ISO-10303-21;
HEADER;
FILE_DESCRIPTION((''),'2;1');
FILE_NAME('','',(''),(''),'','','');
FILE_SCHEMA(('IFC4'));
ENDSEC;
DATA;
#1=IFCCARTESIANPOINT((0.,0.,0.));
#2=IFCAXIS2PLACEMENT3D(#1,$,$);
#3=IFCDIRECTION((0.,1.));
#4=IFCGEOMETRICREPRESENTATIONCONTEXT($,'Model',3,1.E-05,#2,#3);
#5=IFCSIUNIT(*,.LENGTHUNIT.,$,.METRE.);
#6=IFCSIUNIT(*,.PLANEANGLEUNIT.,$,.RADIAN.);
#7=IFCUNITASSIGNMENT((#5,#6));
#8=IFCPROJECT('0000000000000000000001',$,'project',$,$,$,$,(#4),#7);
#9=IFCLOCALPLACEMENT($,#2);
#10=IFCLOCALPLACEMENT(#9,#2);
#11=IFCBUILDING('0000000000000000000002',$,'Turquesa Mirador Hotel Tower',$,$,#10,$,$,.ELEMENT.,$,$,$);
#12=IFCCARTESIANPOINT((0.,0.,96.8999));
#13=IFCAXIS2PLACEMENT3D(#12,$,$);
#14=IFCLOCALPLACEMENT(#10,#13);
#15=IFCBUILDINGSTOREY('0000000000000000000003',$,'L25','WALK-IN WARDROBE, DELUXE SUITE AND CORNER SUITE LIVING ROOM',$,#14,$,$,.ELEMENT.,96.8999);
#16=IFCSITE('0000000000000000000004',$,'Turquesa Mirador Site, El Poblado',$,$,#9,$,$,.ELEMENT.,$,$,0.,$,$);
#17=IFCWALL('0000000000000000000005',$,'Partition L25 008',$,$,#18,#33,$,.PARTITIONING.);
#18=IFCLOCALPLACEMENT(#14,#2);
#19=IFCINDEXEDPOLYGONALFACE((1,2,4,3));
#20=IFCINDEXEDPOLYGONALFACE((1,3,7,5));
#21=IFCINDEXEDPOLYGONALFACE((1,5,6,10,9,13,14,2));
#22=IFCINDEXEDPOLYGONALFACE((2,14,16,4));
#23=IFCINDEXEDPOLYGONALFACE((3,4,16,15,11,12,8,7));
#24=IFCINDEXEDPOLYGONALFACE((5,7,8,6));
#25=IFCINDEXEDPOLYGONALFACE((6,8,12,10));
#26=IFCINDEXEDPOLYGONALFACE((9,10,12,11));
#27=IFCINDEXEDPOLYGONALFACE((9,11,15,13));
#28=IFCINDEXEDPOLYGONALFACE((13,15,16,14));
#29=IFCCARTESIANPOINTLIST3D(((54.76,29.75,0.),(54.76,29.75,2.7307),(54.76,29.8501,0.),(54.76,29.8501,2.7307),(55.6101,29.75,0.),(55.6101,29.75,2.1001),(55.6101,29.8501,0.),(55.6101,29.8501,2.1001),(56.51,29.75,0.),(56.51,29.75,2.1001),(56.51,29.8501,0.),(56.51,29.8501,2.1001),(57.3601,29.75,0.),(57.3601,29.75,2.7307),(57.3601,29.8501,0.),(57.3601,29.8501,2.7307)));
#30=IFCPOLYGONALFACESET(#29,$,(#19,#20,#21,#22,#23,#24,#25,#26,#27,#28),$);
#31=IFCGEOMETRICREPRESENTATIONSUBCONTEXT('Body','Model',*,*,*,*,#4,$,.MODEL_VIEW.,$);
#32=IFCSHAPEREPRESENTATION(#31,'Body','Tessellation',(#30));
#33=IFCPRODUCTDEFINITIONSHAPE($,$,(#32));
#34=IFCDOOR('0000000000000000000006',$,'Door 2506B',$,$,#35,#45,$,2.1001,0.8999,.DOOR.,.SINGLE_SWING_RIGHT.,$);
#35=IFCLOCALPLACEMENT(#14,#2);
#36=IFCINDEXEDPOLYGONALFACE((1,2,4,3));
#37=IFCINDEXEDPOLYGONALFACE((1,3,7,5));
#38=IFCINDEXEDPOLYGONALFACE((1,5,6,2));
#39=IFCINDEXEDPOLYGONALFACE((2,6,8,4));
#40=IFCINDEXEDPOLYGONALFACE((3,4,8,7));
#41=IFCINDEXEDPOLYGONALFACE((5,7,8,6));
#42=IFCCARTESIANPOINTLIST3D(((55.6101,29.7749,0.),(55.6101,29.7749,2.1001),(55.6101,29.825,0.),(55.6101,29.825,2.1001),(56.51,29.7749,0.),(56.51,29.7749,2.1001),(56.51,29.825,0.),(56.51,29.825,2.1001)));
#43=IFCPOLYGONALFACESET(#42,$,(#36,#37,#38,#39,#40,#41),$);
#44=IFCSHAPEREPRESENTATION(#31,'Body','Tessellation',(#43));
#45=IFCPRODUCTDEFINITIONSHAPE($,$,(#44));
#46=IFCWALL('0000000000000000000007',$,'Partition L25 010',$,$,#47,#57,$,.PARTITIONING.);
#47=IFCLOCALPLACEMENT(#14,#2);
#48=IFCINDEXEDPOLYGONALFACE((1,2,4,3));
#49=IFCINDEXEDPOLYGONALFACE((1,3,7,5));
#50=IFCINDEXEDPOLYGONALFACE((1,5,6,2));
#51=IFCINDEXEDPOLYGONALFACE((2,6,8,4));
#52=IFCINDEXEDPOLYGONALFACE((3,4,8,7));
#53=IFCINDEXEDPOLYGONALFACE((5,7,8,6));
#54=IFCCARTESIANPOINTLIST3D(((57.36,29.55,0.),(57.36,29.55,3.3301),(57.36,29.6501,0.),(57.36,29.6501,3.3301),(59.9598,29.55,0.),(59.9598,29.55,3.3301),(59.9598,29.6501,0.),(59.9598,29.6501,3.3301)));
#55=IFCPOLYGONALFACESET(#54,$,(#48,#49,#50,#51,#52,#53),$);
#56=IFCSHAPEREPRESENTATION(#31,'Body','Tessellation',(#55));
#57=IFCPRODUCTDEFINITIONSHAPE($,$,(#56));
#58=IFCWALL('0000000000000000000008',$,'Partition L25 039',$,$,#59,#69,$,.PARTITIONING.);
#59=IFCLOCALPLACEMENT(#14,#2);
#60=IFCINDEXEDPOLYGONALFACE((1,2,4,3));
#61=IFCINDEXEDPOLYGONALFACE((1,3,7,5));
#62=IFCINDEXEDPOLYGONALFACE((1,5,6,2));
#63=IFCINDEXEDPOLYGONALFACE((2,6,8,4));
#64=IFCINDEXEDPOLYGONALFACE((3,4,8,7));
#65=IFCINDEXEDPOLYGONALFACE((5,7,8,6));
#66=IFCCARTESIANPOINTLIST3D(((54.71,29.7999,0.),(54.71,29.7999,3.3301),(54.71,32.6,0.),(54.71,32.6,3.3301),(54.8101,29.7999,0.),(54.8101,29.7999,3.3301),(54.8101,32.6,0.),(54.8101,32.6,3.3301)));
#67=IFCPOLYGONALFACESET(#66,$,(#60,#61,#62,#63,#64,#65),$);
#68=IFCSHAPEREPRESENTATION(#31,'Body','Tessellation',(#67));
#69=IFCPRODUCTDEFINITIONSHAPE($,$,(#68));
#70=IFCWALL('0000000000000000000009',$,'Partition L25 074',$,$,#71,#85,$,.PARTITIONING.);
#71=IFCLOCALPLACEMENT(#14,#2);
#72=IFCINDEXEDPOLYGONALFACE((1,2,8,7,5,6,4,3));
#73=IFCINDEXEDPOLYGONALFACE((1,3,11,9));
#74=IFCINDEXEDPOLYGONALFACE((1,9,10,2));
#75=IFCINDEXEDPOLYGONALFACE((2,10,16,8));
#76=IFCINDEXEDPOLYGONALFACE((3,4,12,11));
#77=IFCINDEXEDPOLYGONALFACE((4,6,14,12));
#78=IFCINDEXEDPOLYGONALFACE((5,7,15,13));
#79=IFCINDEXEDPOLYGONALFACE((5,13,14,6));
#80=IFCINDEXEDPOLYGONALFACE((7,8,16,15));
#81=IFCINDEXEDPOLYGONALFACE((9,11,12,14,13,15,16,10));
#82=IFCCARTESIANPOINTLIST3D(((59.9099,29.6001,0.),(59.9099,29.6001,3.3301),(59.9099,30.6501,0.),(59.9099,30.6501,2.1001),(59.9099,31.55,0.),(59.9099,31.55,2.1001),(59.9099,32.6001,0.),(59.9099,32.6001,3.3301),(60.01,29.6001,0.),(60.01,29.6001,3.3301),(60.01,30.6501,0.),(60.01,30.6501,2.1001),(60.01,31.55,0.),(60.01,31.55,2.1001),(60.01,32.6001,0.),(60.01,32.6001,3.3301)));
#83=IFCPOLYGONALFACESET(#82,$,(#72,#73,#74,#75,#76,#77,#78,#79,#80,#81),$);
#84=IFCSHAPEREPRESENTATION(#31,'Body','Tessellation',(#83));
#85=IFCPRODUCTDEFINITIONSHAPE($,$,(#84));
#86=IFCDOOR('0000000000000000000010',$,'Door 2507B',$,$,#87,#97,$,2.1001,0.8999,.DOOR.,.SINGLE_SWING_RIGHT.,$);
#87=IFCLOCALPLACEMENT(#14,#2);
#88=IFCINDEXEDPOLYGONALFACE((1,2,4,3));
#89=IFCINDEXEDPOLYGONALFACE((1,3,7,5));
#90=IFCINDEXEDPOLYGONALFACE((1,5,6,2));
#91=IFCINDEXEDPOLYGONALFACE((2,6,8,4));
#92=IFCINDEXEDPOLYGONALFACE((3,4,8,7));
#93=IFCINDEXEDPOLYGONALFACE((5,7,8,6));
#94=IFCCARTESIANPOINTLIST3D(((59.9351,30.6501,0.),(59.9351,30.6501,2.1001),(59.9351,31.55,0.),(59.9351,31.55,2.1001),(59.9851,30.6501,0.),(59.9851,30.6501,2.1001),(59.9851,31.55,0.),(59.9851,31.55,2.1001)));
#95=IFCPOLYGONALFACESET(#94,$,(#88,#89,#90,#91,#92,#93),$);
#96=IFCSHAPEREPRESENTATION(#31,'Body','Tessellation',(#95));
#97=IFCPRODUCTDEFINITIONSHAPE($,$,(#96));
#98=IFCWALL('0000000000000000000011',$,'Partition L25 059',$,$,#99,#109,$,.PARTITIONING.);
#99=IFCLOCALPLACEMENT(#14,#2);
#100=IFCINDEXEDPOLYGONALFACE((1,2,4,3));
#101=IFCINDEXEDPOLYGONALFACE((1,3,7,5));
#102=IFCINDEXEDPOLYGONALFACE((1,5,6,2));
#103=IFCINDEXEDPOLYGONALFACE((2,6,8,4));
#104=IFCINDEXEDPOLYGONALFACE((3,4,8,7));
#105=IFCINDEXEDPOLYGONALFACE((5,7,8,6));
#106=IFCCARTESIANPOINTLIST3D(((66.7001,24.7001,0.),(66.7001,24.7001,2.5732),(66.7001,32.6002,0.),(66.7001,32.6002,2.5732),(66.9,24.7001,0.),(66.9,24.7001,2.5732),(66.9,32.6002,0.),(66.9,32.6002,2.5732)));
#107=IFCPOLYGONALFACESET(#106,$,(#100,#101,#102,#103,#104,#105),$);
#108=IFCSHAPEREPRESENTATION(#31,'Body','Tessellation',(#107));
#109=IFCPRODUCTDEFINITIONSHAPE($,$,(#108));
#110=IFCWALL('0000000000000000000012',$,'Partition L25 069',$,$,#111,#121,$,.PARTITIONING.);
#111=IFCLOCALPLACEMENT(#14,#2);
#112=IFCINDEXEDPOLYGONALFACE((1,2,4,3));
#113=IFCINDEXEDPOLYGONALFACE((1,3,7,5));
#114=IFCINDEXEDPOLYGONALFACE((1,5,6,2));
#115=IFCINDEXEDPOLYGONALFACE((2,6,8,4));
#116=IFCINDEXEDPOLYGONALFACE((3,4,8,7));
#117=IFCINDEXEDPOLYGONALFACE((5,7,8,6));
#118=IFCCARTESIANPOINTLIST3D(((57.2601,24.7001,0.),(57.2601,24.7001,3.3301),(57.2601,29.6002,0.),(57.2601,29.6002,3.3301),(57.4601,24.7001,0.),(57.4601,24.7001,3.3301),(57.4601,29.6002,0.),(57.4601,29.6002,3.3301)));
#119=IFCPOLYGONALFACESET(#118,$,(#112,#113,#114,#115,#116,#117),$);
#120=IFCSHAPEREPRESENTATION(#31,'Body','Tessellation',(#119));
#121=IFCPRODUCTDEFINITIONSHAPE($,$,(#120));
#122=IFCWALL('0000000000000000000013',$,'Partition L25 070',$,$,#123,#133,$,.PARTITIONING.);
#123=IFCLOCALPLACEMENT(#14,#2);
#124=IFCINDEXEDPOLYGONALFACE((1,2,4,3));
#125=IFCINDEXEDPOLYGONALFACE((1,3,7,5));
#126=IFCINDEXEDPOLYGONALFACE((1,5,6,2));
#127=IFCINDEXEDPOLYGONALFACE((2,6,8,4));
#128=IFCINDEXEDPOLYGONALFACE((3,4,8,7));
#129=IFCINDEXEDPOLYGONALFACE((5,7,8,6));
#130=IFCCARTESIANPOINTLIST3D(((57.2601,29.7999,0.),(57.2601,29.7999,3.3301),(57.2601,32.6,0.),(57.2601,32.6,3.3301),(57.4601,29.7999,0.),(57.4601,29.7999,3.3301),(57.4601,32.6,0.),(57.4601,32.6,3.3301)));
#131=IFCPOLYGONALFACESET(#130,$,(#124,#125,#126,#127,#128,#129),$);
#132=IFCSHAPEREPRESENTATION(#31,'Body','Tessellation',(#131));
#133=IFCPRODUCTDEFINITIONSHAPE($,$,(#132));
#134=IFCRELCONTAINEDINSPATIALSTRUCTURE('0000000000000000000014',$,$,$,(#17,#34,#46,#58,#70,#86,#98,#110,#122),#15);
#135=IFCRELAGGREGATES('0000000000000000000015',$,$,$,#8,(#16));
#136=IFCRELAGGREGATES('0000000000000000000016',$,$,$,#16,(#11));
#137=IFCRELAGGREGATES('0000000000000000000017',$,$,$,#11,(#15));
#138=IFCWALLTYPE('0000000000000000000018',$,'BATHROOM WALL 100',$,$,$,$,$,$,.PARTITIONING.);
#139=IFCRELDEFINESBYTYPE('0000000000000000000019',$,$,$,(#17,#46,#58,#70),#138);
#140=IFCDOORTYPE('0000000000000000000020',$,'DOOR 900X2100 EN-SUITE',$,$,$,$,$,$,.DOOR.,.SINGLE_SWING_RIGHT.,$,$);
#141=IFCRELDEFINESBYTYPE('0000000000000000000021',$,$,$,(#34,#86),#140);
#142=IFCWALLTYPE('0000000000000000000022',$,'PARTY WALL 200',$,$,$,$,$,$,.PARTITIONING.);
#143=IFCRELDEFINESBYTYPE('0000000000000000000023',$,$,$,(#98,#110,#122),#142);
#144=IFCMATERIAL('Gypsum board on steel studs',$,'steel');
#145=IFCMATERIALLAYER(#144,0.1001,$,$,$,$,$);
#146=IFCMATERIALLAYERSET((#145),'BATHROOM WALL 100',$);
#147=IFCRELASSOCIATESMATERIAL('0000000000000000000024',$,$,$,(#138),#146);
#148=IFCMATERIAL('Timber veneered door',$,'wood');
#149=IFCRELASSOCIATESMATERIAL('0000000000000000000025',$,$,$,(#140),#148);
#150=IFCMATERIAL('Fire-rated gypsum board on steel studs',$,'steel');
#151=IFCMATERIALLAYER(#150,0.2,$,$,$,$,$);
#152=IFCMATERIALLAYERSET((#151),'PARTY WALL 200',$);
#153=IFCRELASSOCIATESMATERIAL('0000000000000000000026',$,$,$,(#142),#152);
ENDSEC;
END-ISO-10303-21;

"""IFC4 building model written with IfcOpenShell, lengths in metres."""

from ifc_helpers import new_model, si_unit, direction, frame, frame_2d, origin, place, context, subcontext, project, spatial, rectangle, extrude, material, layer, layer_set, type_object, element, fill, save


model = new_model("IFC4")

# Units and contexts
model_context = context("Model", 3, precision=1e-05, world=origin(), true_north=direction((0.0, 1.0)))
body_context = subcontext(model_context, "Body", "Model", "MODEL_VIEW")
ifc_project = project(units=[si_unit("LENGTHUNIT", "METRE"), si_unit("PLANEANGLEUNIT", "RADIAN")], contexts=[model_context])

# Site, building, storey
site_placement = place(None, origin())
site = spatial("IfcSite", under=ifc_project, at=site_placement, Name="Turquesa Mirador Site, El Poblado", CompositionType="ELEMENT", RefElevation=0.0)
building_placement = place(site_placement, origin())
building = spatial("IfcBuilding", under=site, at=building_placement, Name="Turquesa Mirador Hotel Tower", CompositionType="ELEMENT")
storey_placement = place(building_placement, frame((0.0, 0.0, 96.8999)))
storey = spatial("IfcBuildingStorey", under=building, at=storey_placement, Name="L25", Description="WALK-IN WARDROBE, DELUXE SUITE AND CORNER SUITE LIVING ROOM", CompositionType="ELEMENT", Elevation=96.8999)

# Wall, opening, door
ifc_material_1 = material(Name="Gypsum board on steel studs", Category="steel")
ifc_layer_1 = layer(ifc_material_1, 0.1001)
ifc_layer_set_1 = layer_set([ifc_layer_1], Name="BATHROOM WALL 100")
wall_type_1 = type_object("IfcWallType", Name="BATHROOM WALL 100", PredefinedType="PARTITIONING", material=ifc_layer_set_1)
wall_1_placement = place(storey_placement, frame((54.76, 29.8, 0.0), z_axis=(0.0, 0.0, 1.0), x_axis=(1.0, 0.0, 0.0)))
wall_1 = element("IfcWall", 1, at=wall_1_placement, inside=storey, type_object=wall_type_1, Name="Partition L25 008", PredefinedType="PARTITIONING", context=body_context, shape_type="SweptSolid", body=[
    extrude(rectangle(XDim=2.6001, YDim=0.1001, at=frame_2d((1.3, 0.0))), origin(), (0.0, 0.0, 1.0), 2.7307),
])
opening_1_placement = place(wall_1_placement, frame((0.8501, 0.0, 0.0)))
opening_1 = element("IfcOpeningElement", 2, at=opening_1_placement, cuts=wall_1, PredefinedType="OPENING", context=body_context, shape_type="SweptSolid", body=[
    extrude(rectangle(XDim=0.8999, YDim=2.1001, at=frame_2d((0.45, 1.05))), frame((0.0, 0.0601, 0.0), z_axis=(0.0, -1.0, 0.0), x_axis=(1.0, 0.0, 0.0)), (0.0, 0.0, 1.0), 0.1201),
])
ifc_material_2 = material(Name="Timber veneered door", Category="wood")
door_type = type_object("IfcDoorType", Name="DOOR 900X2100 EN-SUITE", OperationType="SINGLE_SWING_RIGHT", PredefinedType="DOOR", material=ifc_material_2)
door_1_placement = place(opening_1_placement, origin())
door_1 = element("IfcDoor", 3, at=door_1_placement, inside=storey, type_object=door_type, Name="Door 2506B", OperationType="SINGLE_SWING_RIGHT", OverallHeight=2.1001, OverallWidth=0.8999, PredefinedType="DOOR", context=body_context, shape_type="SweptSolid", body=[
    extrude(rectangle(XDim=0.8999, YDim=2.1001, at=frame_2d((0.45, 1.05))), frame((0.0, 0.0249, 0.0), z_axis=(0.0, -1.0, 0.0), x_axis=(1.0, 0.0, 0.0)), (0.0, 0.0, 1.0), 0.05),
])
fill(opening_1, door_1)

# Walls
wall_2_placement = place(storey_placement, frame((57.3601, 29.6001, 0.0), z_axis=(0.0, 0.0, 1.0), x_axis=(1.0, 0.0, 0.0)))
element("IfcWall", 4, at=wall_2_placement, inside=storey, type_object=wall_type_1, Name="Partition L25 010", PredefinedType="PARTITIONING", context=body_context, shape_type="SweptSolid", body=[
    extrude(rectangle(XDim=2.5999, YDim=0.1001, at=frame_2d((1.2998, 0.0))), origin(), (0.0, 0.0, 1.0), 3.3301),
])
wall_3_placement = place(storey_placement, frame((54.76, 29.8, 0.0), z_axis=(0.0, 0.0, 1.0), x_axis=(0.0, 1.0, 0.0)))
element("IfcWall", 5, at=wall_3_placement, inside=storey, type_object=wall_type_1, Name="Partition L25 039", PredefinedType="PARTITIONING", context=body_context, shape_type="SweptSolid", body=[
    extrude(rectangle(XDim=2.8, YDim=0.1001, at=frame_2d((1.3999, 0.0))), origin(), (0.0, 0.0, 1.0), 3.3301),
])

# Wall, opening, door
wall_4_placement = place(storey_placement, frame((59.96, 29.6001, 0.0), z_axis=(0.0, 0.0, 1.0), x_axis=(0.0, 1.0, 0.0)))
wall_4 = element("IfcWall", 6, at=wall_4_placement, inside=storey, type_object=wall_type_1, Name="Partition L25 074", PredefinedType="PARTITIONING", context=body_context, shape_type="SweptSolid", body=[
    extrude(rectangle(XDim=3.0, YDim=0.1001, at=frame_2d((1.5, 0.0))), origin(), (0.0, 0.0, 1.0), 3.3301),
])
opening_2_placement = place(wall_4_placement, frame((1.05, 0.0, 0.0)))
opening_2 = element("IfcOpeningElement", 7, at=opening_2_placement, cuts=wall_4, PredefinedType="OPENING", context=body_context, shape_type="SweptSolid", body=[
    extrude(rectangle(XDim=0.8999, YDim=2.1001, at=frame_2d((0.45, 1.05))), frame((0.0, 0.0601, 0.0), z_axis=(0.0, -1.0, 0.0), x_axis=(1.0, 0.0, 0.0)), (0.0, 0.0, 1.0), 0.1201),
])
door_2_placement = place(opening_2_placement, origin())
door_2 = element("IfcDoor", 8, at=door_2_placement, inside=storey, type_object=door_type, Name="Door 2507B", OperationType="SINGLE_SWING_RIGHT", OverallHeight=2.1001, OverallWidth=0.8999, PredefinedType="DOOR", context=body_context, shape_type="SweptSolid", body=[
    extrude(rectangle(XDim=0.8999, YDim=2.1001, at=frame_2d((0.45, 1.05))), frame((0.0, 0.0249, 0.0), z_axis=(0.0, -1.0, 0.0), x_axis=(1.0, 0.0, 0.0)), (0.0, 0.0, 1.0), 0.05),
])
fill(opening_2, door_2)

# Walls
ifc_material_3 = material(Name="Fire-rated gypsum board on steel studs", Category="steel")
ifc_layer_2 = layer(ifc_material_3, 0.2)
ifc_layer_set_2 = layer_set([ifc_layer_2], Name="PARTY WALL 200")
wall_type_2 = type_object("IfcWallType", Name="PARTY WALL 200", PredefinedType="PARTITIONING", material=ifc_layer_set_2)
wall_5_placement = place(storey_placement, frame((66.8, 24.7, 0.0), z_axis=(0.0, 0.0, 1.0), x_axis=(0.0, 1.0, 0.0)))
element("IfcWall", 9, at=wall_5_placement, inside=storey, type_object=wall_type_2, Name="Partition L25 059", PredefinedType="PARTITIONING", context=body_context, shape_type="SweptSolid", body=[
    extrude(rectangle(XDim=7.9001, YDim=0.2, at=frame_2d((3.9502, 0.0))), origin(), (0.0, 0.0, 1.0), 2.5732),
])
wall_6_placement = place(storey_placement, frame((57.3601, 24.7, 0.0), z_axis=(0.0, 0.0, 1.0), x_axis=(0.0, 1.0, 0.0)))
element("IfcWall", 10, at=wall_6_placement, inside=storey, type_object=wall_type_2, Name="Partition L25 069", PredefinedType="PARTITIONING", context=body_context, shape_type="SweptSolid", body=[
    extrude(rectangle(XDim=4.9001, YDim=0.2, at=frame_2d((2.4502, 0.0))), origin(), (0.0, 0.0, 1.0), 3.3301),
])
wall_7_placement = place(storey_placement, frame((57.3601, 29.8, 0.0), z_axis=(0.0, 0.0, 1.0), x_axis=(0.0, 1.0, 0.0)))
element("IfcWall", 11, at=wall_7_placement, inside=storey, type_object=wall_type_2, Name="Partition L25 070", PredefinedType="PARTITIONING", context=body_context, shape_type="SweptSolid", body=[
    extrude(rectangle(XDim=2.8, YDim=0.2, at=frame_2d((1.3999, 0.0))), origin(), (0.0, 0.0, 1.0), 3.3301),
])

save(model, "model.ifc")
